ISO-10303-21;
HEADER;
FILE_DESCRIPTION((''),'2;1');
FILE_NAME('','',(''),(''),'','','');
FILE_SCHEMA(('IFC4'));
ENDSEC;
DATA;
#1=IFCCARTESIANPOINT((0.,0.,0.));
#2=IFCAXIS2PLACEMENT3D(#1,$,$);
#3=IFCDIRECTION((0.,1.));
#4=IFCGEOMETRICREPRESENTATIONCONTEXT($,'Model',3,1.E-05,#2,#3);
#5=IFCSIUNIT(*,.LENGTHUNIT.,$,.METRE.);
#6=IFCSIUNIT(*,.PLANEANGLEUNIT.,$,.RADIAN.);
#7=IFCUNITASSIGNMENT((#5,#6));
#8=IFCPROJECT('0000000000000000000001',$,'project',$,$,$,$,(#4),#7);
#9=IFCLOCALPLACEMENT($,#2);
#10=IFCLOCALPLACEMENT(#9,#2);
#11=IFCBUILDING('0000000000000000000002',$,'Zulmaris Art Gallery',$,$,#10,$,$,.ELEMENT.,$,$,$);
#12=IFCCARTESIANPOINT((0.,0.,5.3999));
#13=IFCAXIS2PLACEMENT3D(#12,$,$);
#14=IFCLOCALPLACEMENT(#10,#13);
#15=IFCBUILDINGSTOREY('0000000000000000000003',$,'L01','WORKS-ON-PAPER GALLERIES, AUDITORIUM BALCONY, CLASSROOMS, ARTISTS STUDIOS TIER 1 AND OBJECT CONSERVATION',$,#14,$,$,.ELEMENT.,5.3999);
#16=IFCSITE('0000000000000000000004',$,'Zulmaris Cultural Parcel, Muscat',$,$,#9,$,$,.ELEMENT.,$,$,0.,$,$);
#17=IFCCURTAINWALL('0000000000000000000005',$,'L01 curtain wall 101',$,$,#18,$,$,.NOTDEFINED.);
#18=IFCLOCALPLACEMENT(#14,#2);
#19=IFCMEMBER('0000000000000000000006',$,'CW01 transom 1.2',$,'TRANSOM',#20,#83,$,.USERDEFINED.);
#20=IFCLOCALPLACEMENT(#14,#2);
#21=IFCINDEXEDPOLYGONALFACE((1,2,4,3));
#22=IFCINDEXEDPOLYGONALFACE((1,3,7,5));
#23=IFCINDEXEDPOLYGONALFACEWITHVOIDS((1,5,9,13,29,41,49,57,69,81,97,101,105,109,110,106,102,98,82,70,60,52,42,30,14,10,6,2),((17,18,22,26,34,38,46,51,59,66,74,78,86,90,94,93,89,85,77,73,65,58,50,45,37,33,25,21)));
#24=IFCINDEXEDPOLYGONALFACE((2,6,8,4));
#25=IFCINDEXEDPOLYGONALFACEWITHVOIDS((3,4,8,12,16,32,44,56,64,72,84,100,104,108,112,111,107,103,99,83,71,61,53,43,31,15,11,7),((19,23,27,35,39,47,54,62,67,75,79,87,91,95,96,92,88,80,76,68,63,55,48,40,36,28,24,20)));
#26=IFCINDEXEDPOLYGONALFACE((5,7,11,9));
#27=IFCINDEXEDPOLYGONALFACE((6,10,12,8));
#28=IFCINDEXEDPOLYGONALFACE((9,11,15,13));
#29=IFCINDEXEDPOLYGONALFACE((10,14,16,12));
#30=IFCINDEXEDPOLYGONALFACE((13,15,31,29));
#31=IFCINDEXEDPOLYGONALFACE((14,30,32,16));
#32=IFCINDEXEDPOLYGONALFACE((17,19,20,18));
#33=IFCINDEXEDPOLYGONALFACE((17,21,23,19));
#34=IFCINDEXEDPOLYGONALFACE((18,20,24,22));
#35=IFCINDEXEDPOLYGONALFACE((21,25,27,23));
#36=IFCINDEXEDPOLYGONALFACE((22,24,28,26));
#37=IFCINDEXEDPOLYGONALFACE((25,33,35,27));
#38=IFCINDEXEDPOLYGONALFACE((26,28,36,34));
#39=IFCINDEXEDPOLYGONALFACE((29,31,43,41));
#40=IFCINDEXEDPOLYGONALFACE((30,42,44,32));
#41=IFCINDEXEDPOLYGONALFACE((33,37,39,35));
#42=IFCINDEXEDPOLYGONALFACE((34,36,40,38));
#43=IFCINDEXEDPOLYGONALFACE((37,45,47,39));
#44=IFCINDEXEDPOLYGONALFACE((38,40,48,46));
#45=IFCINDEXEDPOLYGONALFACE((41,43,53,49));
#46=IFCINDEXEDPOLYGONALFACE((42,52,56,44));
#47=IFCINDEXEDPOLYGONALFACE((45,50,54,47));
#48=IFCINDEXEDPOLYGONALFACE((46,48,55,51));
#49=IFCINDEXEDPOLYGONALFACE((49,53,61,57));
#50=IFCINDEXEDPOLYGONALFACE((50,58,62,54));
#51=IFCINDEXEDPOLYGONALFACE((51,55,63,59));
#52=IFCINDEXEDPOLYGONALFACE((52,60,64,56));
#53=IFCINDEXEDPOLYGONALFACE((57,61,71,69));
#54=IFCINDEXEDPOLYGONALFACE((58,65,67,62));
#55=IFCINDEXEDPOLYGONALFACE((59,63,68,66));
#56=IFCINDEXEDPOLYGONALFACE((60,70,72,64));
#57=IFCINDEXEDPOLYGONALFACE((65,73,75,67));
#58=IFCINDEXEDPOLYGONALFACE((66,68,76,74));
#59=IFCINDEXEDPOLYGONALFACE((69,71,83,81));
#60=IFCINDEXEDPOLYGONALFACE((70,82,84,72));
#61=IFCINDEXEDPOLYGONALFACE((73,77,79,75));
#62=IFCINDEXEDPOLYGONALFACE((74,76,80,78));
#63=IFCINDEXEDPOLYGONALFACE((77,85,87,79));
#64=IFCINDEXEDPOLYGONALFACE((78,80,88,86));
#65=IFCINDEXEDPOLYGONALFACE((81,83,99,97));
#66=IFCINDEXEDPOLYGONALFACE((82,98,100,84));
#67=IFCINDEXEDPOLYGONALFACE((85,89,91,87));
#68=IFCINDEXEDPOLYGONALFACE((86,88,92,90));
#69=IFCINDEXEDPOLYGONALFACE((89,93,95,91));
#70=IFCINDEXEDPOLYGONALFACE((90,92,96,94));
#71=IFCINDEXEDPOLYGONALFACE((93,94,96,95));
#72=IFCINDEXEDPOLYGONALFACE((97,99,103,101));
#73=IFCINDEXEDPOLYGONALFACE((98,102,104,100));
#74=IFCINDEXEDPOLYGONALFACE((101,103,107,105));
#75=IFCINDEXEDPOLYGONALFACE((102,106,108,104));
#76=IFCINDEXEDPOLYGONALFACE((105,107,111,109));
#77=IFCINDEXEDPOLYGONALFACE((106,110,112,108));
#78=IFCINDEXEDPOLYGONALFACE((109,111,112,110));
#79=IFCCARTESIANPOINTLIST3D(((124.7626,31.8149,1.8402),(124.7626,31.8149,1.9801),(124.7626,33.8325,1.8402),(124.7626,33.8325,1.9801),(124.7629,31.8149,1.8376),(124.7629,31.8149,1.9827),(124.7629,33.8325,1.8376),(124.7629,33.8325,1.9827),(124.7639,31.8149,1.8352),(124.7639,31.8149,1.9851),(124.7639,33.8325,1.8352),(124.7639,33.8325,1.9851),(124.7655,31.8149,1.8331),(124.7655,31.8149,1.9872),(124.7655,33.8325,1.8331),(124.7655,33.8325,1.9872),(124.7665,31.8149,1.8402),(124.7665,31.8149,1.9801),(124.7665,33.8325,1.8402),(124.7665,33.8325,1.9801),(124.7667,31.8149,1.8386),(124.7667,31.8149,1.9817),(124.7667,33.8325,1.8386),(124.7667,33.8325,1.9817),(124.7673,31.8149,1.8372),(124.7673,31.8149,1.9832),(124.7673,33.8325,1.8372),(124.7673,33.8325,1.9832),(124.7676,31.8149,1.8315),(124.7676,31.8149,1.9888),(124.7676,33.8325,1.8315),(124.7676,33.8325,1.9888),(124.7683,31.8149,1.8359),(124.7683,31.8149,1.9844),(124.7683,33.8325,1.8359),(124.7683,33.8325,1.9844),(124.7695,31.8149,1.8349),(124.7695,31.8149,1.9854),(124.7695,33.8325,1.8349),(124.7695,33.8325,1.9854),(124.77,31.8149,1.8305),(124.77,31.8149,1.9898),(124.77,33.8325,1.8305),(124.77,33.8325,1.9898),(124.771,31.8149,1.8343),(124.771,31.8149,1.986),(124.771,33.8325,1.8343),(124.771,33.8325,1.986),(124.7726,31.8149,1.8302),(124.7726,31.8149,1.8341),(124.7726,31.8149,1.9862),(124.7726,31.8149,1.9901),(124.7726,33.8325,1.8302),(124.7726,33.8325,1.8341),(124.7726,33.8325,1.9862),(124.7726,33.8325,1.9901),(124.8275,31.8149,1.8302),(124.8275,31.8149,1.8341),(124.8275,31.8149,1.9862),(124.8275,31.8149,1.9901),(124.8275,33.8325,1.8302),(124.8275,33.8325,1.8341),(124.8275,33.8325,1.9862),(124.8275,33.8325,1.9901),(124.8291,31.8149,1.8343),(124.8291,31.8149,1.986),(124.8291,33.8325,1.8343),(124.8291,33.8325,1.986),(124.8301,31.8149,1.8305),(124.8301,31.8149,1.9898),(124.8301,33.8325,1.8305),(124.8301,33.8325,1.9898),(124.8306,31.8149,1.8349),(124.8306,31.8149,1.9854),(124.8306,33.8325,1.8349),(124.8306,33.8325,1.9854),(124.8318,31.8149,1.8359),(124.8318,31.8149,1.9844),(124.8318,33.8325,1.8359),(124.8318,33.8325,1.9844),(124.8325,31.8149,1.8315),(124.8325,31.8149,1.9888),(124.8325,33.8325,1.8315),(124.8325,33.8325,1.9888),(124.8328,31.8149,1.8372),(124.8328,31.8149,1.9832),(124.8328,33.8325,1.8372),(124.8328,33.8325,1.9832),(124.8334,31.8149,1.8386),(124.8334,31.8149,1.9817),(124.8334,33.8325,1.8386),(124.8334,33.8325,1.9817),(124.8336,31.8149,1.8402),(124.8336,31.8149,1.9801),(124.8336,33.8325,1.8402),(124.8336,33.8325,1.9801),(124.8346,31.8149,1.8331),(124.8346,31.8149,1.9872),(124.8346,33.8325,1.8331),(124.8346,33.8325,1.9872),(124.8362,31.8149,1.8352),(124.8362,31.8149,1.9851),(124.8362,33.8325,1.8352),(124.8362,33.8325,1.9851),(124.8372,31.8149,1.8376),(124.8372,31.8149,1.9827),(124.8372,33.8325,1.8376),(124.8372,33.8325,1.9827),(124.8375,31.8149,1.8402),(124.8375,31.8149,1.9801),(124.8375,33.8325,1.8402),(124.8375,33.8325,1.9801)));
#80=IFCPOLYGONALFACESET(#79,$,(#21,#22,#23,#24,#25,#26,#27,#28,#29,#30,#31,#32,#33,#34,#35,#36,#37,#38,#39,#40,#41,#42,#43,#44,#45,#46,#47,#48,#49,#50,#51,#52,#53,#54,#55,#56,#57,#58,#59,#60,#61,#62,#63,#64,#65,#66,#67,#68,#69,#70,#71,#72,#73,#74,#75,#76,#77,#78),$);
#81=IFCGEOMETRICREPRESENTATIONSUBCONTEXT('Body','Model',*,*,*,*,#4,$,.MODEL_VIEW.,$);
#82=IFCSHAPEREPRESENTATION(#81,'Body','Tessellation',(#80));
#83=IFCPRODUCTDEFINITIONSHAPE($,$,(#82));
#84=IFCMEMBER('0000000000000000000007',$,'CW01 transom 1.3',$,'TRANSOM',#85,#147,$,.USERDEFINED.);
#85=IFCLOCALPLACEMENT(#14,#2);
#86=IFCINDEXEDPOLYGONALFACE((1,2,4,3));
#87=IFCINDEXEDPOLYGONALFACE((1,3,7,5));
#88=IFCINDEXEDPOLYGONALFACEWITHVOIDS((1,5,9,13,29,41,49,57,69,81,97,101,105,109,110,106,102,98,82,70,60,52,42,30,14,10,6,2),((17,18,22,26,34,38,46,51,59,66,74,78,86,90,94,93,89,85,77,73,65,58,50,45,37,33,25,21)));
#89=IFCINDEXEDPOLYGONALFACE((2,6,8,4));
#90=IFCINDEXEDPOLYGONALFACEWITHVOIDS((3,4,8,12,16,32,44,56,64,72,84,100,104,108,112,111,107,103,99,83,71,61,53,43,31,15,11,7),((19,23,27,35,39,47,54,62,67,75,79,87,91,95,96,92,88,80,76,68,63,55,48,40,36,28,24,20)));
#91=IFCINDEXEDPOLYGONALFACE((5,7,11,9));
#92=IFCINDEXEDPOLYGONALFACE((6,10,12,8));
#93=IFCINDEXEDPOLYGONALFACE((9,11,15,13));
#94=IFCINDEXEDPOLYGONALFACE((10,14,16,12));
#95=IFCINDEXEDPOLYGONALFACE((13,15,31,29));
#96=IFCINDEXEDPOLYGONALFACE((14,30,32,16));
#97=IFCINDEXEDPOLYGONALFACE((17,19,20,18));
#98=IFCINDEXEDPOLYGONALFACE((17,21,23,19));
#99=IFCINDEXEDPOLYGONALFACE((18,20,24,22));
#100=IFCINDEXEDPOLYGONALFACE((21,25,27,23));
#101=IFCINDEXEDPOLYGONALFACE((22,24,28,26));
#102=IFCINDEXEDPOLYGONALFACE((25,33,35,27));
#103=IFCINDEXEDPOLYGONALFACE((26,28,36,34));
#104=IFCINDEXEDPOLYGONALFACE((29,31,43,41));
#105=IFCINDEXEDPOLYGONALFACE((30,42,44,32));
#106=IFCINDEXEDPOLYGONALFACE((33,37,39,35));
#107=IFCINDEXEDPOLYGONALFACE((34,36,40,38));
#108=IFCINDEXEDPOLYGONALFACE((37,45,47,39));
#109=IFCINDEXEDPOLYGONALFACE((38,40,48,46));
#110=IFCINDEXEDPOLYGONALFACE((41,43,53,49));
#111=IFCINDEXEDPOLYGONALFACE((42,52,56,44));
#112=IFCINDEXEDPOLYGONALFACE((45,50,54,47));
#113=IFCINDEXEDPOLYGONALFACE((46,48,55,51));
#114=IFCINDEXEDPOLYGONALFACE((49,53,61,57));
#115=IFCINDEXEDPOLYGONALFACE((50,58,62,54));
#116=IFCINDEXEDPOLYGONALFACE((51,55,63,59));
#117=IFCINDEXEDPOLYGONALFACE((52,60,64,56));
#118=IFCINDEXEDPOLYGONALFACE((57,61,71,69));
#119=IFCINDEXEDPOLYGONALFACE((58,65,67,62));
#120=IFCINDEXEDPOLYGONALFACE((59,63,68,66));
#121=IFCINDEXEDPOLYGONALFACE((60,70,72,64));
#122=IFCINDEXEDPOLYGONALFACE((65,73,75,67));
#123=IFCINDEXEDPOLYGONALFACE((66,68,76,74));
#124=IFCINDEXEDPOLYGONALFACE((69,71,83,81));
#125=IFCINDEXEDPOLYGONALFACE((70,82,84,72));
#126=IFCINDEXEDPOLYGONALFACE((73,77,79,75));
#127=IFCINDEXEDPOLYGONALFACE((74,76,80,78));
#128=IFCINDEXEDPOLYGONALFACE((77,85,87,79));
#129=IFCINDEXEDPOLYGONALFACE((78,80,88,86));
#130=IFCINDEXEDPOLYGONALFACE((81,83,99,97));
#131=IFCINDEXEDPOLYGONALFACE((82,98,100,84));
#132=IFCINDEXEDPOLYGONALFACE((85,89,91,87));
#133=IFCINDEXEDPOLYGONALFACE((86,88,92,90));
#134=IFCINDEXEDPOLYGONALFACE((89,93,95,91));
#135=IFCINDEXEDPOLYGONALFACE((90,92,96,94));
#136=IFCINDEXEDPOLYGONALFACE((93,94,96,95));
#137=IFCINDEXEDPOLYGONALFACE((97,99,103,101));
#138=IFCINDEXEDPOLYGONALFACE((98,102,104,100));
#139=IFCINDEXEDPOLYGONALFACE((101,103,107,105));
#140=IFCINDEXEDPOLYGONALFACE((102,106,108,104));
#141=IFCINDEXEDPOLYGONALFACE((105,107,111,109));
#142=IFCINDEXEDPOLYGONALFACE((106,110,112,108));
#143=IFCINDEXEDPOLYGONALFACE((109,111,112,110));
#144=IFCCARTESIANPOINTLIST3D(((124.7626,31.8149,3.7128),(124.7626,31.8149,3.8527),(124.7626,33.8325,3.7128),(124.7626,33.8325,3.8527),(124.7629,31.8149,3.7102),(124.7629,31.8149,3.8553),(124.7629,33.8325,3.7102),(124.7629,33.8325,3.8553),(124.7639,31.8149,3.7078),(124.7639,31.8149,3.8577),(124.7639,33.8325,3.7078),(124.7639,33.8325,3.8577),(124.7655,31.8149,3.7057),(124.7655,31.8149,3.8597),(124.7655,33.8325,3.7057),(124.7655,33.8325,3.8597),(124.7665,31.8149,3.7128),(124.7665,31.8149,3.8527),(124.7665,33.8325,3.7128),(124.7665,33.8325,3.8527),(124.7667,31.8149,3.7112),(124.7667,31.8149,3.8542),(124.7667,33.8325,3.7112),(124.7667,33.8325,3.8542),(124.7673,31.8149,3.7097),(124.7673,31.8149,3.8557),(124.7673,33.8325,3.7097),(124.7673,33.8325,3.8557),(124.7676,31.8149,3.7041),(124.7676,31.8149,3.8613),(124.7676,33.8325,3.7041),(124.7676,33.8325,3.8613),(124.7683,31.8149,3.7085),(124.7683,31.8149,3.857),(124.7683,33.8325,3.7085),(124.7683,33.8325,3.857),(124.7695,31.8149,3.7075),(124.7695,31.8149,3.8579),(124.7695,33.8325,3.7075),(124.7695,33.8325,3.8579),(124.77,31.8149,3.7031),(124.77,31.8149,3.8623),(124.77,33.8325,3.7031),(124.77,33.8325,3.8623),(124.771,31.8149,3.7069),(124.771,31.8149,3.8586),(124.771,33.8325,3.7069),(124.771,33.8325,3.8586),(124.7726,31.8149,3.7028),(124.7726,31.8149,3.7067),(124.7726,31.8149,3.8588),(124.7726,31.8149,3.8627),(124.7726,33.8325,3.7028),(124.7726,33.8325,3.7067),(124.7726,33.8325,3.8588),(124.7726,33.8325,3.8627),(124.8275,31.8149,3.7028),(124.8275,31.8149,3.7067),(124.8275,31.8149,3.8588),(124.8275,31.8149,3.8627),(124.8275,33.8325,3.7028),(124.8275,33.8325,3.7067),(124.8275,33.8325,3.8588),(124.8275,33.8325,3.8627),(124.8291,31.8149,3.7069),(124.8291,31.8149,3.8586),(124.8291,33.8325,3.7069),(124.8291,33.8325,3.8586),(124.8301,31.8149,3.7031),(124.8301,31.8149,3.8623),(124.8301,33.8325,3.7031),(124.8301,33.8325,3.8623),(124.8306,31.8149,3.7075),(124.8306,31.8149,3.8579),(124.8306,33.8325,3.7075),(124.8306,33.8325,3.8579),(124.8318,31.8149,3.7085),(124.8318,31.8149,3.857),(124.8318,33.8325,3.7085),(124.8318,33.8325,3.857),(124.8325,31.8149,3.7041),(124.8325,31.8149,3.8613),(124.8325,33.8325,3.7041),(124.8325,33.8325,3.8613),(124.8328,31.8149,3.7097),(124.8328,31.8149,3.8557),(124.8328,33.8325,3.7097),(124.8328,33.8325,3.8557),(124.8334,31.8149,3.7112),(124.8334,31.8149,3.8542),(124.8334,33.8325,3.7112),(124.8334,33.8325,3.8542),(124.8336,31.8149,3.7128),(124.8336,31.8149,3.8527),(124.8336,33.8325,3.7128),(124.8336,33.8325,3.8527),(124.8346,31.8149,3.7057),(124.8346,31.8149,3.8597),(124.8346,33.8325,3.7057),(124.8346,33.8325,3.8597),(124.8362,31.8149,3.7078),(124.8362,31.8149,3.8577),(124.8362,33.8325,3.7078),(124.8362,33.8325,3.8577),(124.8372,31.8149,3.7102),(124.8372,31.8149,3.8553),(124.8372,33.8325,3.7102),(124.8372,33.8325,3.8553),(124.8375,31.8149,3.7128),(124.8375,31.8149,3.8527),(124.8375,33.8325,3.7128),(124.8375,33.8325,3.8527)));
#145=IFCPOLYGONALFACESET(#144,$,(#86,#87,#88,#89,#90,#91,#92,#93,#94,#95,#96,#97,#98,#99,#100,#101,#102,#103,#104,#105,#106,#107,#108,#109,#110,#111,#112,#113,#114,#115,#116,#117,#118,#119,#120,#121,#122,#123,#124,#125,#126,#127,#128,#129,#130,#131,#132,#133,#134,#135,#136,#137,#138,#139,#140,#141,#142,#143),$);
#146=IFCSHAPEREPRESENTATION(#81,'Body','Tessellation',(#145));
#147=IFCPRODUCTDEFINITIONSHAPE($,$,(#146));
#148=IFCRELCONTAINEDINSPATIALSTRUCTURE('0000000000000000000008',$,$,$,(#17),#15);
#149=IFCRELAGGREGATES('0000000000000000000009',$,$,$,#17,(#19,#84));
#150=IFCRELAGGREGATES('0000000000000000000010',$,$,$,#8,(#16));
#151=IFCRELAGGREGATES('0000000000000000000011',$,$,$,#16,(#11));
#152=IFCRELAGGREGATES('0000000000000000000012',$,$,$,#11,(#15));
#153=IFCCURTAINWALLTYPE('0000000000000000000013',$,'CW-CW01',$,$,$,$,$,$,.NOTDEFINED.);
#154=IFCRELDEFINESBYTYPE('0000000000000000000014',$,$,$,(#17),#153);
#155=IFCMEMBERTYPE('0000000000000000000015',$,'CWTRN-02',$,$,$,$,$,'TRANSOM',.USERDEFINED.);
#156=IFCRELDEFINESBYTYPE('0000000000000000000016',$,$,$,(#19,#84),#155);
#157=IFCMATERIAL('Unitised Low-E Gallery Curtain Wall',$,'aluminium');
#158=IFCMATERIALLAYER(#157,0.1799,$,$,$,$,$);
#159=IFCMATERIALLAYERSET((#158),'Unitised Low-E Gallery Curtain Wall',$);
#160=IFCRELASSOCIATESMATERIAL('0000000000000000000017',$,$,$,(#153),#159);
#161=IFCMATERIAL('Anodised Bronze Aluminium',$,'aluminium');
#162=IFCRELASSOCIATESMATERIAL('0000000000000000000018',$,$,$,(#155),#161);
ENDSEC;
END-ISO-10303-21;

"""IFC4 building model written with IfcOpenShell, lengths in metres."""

from ifc_helpers import new_model, si_unit, direction, frame, origin, origin_2d, place, context, subcontext, project, spatial, hollow_rectangle, extrude, material, layer, layer_set, material_profile, profile_set, type_object, element, aggregate, save


model = new_model("IFC4")

# Units and contexts
model_context = context("Model", 3, precision=1e-05, world=origin(), true_north=direction((0.0, 1.0)))
body_context = subcontext(model_context, "Body", "Model", "MODEL_VIEW")
ifc_project = project(units=[si_unit("LENGTHUNIT", "METRE"), si_unit("PLANEANGLEUNIT", "RADIAN")], contexts=[model_context])

# Site, building, storey
site_placement = place(None, origin())
site = spatial("IfcSite", under=ifc_project, at=site_placement, Name="Zulmaris Cultural Parcel, Muscat", CompositionType="ELEMENT", RefElevation=0.0)
building_placement = place(site_placement, origin())
building = spatial("IfcBuilding", under=site, at=building_placement, Name="Zulmaris Art Gallery", CompositionType="ELEMENT")
storey_placement = place(building_placement, frame((0.0, 0.0, 5.3999)))
storey = spatial("IfcBuildingStorey", under=building, at=storey_placement, Name="L01", Description="WORKS-ON-PAPER GALLERIES, AUDITORIUM BALCONY, CLASSROOMS, ARTISTS STUDIOS TIER 1 AND OBJECT CONSERVATION", CompositionType="ELEMENT", Elevation=5.3999)

# Curtain wall, members
ifc_material_1 = material(Name="Unitised Low-E Gallery Curtain Wall", Category="aluminium")
ifc_layer_1 = layer(ifc_material_1, 0.1799)
ifc_layer_set_1 = layer_set([ifc_layer_1], Name="Unitised Low-E Gallery Curtain Wall")
curtain_wall_type = type_object("IfcCurtainWallType", Name="CW-CW01", PredefinedType="NOTDEFINED", material=ifc_layer_set_1)
curtain_wall_placement = place(storey_placement, origin())
curtain_wall = element("IfcCurtainWall", 1, at=curtain_wall_placement, inside=storey, type_object=curtain_wall_type, Name="L01 curtain wall 101", PredefinedType="NOTDEFINED")
ifc_material_2 = material(Name="Anodised Bronze Aluminium", Category="aluminium")
ifc_material_profile_1 = material_profile(ifc_material_2, hollow_rectangle(XDim=0.075, YDim=0.1599, WallThickness=0.0039, InnerFilletRadius=0.0061, OuterFilletRadius=0.01, at=origin_2d()), Name="ALU 75x160x4")
ifc_profile_set_1 = profile_set([ifc_material_profile_1], Name="Anodised Bronze Aluminium")
member_type_1 = type_object("IfcMemberType", Name="CWTRN-02", ElementType="TRANSOM", PredefinedType="USERDEFINED", material=ifc_profile_set_1)
member_1_placement = place(storey_placement, frame((124.8, 31.8149, 1.9102), z_axis=(0.0, 1.0, 0.0), x_axis=(-1.0, 0.0, 0.0)))
member_1 = element("IfcMember", 2, at=member_1_placement, type_object=member_type_1, Name="CW01 transom 1.2", ObjectType="TRANSOM", PredefinedType="USERDEFINED", context=body_context, shape_type="SweptSolid", body=[
    extrude(hollow_rectangle(XDim=0.075, YDim=0.1599, WallThickness=0.0039, InnerFilletRadius=0.0061, OuterFilletRadius=0.01, at=origin_2d()), origin(), (0.0, 0.0, 1.0), 2.0176),
])
member_2_placement = place(storey_placement, frame((124.8, 31.8149, 3.7827), z_axis=(0.0, 1.0, 0.0), x_axis=(-1.0, 0.0, 0.0)))
member_2 = element("IfcMember", 3, at=member_2_placement, type_object=member_type_1, Name="CW01 transom 1.3", ObjectType="TRANSOM", PredefinedType="USERDEFINED", context=body_context, shape_type="SweptSolid", body=[
    extrude(hollow_rectangle(XDim=0.075, YDim=0.1599, WallThickness=0.0039, InnerFilletRadius=0.0061, OuterFilletRadius=0.01, at=origin_2d()), origin(), (0.0, 0.0, 1.0), 2.0176),
])
aggregate(curtain_wall, [member_1, member_2])

save(model, "model.ifc")
